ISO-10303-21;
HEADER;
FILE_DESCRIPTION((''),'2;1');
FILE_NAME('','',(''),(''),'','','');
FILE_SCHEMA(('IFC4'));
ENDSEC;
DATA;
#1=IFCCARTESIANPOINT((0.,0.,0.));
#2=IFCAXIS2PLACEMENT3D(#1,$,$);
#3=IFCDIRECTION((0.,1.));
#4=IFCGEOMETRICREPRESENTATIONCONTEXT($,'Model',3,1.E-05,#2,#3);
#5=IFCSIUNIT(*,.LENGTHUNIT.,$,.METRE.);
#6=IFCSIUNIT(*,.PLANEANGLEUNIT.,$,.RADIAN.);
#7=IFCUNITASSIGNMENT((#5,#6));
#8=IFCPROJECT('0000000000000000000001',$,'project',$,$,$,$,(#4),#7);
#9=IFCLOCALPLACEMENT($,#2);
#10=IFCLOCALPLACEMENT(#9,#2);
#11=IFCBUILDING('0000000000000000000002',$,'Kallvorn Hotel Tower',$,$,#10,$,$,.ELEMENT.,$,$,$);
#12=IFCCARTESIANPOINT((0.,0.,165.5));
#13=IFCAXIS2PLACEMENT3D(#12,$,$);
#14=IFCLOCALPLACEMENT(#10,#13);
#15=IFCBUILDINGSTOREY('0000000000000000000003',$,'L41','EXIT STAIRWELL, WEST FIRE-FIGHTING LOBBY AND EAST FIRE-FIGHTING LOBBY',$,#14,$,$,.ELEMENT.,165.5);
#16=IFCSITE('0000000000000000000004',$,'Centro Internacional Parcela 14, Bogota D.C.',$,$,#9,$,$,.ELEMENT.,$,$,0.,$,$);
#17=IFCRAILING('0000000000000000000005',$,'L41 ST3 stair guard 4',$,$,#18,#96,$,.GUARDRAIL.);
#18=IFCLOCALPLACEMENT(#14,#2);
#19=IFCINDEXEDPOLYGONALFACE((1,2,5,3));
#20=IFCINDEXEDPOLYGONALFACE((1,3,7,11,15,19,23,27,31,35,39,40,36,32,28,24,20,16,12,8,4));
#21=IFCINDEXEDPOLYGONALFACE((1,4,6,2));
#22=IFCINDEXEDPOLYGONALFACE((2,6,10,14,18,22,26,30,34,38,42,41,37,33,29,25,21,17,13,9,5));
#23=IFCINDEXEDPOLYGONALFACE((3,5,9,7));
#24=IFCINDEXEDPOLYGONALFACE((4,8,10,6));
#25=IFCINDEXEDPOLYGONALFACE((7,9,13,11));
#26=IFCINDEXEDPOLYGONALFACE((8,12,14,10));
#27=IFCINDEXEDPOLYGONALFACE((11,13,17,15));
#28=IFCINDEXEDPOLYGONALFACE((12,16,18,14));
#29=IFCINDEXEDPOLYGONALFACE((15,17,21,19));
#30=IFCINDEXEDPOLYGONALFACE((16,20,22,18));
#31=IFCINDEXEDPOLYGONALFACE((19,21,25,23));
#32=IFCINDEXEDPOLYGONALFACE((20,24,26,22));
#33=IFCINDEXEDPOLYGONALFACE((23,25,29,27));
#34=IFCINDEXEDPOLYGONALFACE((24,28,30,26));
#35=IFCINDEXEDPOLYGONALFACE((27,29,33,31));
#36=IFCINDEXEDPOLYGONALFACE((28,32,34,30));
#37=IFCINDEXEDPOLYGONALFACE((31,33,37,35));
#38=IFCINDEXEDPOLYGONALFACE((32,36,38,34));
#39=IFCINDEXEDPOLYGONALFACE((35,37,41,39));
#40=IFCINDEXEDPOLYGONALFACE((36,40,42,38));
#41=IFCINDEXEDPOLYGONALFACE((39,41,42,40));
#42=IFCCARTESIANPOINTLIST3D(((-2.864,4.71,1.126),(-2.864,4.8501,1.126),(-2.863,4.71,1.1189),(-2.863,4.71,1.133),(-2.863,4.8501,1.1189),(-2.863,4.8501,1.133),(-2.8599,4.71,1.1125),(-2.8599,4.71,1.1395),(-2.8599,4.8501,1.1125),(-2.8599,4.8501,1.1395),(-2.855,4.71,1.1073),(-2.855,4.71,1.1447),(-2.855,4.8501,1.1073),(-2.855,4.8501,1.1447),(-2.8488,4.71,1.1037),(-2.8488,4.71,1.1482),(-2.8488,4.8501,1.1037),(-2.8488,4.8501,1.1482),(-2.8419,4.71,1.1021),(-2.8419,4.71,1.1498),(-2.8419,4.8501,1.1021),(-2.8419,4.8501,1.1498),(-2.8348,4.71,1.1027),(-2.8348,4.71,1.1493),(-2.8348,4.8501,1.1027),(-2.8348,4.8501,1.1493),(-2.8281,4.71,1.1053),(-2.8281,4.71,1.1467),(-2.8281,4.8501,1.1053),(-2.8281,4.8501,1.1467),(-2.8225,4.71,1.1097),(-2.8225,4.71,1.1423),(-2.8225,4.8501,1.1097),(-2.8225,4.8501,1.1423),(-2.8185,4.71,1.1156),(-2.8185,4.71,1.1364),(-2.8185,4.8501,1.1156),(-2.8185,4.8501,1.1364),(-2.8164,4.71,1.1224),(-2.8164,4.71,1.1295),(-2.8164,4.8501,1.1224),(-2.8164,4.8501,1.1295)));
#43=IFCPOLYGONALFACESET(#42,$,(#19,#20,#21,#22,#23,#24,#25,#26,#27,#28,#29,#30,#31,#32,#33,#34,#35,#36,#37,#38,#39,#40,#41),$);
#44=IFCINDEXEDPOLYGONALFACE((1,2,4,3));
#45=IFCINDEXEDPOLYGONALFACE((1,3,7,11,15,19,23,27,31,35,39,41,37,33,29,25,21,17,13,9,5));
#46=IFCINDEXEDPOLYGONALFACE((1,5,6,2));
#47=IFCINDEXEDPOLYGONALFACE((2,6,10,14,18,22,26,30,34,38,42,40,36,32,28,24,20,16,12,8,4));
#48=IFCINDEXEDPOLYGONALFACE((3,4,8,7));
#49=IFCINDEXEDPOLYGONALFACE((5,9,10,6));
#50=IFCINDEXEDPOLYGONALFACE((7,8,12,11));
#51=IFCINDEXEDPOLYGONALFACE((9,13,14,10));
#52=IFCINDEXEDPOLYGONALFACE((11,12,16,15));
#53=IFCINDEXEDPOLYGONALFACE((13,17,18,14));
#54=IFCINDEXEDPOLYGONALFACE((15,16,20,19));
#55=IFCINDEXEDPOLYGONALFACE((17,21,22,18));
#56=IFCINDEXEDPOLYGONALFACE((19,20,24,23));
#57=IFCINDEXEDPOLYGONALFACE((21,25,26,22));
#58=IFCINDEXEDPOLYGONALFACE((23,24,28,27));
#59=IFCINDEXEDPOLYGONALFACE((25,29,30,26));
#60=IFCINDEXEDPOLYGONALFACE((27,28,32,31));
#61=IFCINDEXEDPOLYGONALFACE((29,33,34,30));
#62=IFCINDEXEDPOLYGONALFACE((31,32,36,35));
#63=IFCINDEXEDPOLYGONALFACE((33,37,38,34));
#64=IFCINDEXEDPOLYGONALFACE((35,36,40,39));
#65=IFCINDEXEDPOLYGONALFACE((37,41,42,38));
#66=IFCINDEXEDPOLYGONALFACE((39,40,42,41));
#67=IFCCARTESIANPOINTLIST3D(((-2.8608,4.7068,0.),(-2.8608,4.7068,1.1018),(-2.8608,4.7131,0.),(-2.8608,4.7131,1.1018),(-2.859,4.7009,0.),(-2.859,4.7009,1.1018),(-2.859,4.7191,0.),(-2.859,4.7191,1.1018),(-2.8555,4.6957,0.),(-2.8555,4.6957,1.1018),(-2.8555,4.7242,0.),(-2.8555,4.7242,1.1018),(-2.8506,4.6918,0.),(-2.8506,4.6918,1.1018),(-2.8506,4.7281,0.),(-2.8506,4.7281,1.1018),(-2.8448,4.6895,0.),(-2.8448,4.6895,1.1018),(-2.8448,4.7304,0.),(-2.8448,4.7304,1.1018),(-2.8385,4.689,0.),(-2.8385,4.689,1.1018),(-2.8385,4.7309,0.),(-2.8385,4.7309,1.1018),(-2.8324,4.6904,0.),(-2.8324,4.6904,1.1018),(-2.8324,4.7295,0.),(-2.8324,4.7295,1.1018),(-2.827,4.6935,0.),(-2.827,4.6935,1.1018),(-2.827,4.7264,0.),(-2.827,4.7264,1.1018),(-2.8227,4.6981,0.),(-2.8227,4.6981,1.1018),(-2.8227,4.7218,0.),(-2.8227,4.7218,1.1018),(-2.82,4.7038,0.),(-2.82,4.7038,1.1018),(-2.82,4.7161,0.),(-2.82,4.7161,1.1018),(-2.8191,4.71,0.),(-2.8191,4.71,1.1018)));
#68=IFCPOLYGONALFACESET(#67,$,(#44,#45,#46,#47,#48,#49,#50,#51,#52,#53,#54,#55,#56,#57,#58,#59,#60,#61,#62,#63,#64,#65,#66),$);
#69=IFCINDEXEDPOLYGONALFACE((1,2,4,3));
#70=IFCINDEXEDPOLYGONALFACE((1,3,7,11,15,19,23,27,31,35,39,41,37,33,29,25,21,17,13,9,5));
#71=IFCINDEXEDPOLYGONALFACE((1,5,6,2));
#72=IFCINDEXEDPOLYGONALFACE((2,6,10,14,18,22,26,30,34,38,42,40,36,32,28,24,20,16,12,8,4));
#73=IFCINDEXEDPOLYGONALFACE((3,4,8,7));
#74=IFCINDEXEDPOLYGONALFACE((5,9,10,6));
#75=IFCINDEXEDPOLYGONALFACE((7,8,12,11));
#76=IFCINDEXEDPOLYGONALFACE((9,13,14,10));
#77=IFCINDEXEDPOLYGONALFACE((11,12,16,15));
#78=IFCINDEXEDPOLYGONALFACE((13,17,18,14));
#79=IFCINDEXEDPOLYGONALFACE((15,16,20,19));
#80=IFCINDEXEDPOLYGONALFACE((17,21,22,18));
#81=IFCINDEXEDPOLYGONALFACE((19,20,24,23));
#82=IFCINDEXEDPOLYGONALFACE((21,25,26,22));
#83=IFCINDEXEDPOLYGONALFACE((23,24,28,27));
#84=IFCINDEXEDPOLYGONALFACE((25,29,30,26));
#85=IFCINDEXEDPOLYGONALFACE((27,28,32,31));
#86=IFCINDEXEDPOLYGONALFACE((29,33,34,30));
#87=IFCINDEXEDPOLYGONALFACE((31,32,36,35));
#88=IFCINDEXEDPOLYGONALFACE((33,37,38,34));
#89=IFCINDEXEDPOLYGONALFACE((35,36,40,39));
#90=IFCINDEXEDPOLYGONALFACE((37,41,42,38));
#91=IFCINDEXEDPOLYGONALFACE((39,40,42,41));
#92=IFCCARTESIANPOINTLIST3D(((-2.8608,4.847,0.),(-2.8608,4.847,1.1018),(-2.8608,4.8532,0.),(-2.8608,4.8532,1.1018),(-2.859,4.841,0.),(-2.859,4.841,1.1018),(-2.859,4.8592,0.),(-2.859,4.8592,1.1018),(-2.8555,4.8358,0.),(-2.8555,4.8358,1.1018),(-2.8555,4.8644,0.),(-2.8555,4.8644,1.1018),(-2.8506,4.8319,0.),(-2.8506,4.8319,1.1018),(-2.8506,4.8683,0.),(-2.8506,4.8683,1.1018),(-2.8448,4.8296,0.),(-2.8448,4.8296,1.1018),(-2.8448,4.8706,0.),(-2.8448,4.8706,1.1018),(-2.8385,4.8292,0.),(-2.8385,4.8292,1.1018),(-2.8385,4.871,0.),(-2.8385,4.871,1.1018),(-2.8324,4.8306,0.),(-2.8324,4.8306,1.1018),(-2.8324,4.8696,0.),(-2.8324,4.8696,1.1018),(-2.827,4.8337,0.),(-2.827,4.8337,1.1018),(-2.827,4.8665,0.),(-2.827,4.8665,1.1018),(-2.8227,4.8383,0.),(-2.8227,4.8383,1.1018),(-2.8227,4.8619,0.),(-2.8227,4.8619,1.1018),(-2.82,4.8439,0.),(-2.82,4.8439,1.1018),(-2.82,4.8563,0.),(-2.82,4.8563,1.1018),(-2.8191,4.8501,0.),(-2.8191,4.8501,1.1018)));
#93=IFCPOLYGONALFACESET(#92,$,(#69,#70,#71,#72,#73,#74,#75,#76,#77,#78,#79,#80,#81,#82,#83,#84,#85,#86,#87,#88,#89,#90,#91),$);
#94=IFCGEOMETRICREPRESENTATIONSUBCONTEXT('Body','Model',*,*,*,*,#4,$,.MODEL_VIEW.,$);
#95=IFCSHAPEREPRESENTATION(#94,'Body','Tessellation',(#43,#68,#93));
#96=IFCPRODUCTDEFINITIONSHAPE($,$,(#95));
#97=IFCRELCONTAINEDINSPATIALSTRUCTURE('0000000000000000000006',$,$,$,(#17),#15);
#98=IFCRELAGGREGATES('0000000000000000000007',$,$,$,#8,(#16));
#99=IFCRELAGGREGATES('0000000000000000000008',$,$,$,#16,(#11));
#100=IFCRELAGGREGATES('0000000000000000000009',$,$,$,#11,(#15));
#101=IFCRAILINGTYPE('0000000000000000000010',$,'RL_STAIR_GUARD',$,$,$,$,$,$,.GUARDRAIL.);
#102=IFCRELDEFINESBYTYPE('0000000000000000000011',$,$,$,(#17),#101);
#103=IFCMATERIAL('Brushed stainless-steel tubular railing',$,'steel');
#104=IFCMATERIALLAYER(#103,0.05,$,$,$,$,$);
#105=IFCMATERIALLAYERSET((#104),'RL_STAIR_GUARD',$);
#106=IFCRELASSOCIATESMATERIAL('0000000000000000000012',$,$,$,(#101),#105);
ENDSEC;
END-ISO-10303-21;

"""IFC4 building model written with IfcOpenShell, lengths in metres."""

from ifc_helpers import new_model, si_unit, direction, frame, origin, origin_2d, place, context, subcontext, project, spatial, circle, extrude, material, layer, layer_set, type_object, element, save


model = new_model("IFC4")

# Units and contexts
model_context = context("Model", 3, precision=1e-05, world=origin(), true_north=direction((0.0, 1.0)))
body_context = subcontext(model_context, "Body", "Model", "MODEL_VIEW")
ifc_project = project(units=[si_unit("LENGTHUNIT", "METRE"), si_unit("PLANEANGLEUNIT", "RADIAN")], contexts=[model_context])

# Site, building, storey
site_placement = place(None, origin())
site = spatial("IfcSite", under=ifc_project, at=site_placement, Name="Centro Internacional Parcela 14, Bogota D.C.", CompositionType="ELEMENT", RefElevation=0.0)
building_placement = place(site_placement, origin())
building = spatial("IfcBuilding", under=site, at=building_placement, Name="Kallvorn Hotel Tower", CompositionType="ELEMENT")
storey_placement = place(building_placement, frame((0.0, 0.0, 165.5)))
storey = spatial("IfcBuildingStorey", under=building, at=storey_placement, Name="L41", Description="EXIT STAIRWELL, WEST FIRE-FIGHTING LOBBY AND EAST FIRE-FIGHTING LOBBY", CompositionType="ELEMENT", Elevation=165.5)

# Railing
ifc_material_1 = material(Name="Brushed stainless-steel tubular railing", Category="steel")
ifc_layer_1 = layer(ifc_material_1, 0.05)
ifc_layer_set_1 = layer_set([ifc_layer_1], Name="RL_STAIR_GUARD")
railing_type_1 = type_object("IfcRailingType", Name="RL_STAIR_GUARD", PredefinedType="GUARDRAIL", material=ifc_layer_set_1)
railing_1_placement = place(storey_placement, frame((-2.8401, 4.71, 0.0)))
element("IfcRailing", 1, at=railing_1_placement, inside=storey, type_object=railing_type_1, Name="L41 ST3 stair guard 4", PredefinedType="GUARDRAIL", context=body_context, shape_type="SweptSolid", body=[
    extrude(circle(Radius=0.0239, at=origin_2d()), frame((0.0, 0.0, 1.126), z_axis=(0.0, 1.0, 0.0), x_axis=(-1.0, 0.0, 0.0)), (0.0, 0.0, 1.0), 0.1401),
    extrude(circle(Radius=0.021, at=origin_2d()), origin(), (0.0, 0.0, 1.0), 1.1018),
    extrude(circle(Radius=0.021, at=origin_2d()), frame((0.0, 0.1401, 0.0)), (0.0, 0.0, 1.0), 1.1018),
])

save(model, "model.ifc")
